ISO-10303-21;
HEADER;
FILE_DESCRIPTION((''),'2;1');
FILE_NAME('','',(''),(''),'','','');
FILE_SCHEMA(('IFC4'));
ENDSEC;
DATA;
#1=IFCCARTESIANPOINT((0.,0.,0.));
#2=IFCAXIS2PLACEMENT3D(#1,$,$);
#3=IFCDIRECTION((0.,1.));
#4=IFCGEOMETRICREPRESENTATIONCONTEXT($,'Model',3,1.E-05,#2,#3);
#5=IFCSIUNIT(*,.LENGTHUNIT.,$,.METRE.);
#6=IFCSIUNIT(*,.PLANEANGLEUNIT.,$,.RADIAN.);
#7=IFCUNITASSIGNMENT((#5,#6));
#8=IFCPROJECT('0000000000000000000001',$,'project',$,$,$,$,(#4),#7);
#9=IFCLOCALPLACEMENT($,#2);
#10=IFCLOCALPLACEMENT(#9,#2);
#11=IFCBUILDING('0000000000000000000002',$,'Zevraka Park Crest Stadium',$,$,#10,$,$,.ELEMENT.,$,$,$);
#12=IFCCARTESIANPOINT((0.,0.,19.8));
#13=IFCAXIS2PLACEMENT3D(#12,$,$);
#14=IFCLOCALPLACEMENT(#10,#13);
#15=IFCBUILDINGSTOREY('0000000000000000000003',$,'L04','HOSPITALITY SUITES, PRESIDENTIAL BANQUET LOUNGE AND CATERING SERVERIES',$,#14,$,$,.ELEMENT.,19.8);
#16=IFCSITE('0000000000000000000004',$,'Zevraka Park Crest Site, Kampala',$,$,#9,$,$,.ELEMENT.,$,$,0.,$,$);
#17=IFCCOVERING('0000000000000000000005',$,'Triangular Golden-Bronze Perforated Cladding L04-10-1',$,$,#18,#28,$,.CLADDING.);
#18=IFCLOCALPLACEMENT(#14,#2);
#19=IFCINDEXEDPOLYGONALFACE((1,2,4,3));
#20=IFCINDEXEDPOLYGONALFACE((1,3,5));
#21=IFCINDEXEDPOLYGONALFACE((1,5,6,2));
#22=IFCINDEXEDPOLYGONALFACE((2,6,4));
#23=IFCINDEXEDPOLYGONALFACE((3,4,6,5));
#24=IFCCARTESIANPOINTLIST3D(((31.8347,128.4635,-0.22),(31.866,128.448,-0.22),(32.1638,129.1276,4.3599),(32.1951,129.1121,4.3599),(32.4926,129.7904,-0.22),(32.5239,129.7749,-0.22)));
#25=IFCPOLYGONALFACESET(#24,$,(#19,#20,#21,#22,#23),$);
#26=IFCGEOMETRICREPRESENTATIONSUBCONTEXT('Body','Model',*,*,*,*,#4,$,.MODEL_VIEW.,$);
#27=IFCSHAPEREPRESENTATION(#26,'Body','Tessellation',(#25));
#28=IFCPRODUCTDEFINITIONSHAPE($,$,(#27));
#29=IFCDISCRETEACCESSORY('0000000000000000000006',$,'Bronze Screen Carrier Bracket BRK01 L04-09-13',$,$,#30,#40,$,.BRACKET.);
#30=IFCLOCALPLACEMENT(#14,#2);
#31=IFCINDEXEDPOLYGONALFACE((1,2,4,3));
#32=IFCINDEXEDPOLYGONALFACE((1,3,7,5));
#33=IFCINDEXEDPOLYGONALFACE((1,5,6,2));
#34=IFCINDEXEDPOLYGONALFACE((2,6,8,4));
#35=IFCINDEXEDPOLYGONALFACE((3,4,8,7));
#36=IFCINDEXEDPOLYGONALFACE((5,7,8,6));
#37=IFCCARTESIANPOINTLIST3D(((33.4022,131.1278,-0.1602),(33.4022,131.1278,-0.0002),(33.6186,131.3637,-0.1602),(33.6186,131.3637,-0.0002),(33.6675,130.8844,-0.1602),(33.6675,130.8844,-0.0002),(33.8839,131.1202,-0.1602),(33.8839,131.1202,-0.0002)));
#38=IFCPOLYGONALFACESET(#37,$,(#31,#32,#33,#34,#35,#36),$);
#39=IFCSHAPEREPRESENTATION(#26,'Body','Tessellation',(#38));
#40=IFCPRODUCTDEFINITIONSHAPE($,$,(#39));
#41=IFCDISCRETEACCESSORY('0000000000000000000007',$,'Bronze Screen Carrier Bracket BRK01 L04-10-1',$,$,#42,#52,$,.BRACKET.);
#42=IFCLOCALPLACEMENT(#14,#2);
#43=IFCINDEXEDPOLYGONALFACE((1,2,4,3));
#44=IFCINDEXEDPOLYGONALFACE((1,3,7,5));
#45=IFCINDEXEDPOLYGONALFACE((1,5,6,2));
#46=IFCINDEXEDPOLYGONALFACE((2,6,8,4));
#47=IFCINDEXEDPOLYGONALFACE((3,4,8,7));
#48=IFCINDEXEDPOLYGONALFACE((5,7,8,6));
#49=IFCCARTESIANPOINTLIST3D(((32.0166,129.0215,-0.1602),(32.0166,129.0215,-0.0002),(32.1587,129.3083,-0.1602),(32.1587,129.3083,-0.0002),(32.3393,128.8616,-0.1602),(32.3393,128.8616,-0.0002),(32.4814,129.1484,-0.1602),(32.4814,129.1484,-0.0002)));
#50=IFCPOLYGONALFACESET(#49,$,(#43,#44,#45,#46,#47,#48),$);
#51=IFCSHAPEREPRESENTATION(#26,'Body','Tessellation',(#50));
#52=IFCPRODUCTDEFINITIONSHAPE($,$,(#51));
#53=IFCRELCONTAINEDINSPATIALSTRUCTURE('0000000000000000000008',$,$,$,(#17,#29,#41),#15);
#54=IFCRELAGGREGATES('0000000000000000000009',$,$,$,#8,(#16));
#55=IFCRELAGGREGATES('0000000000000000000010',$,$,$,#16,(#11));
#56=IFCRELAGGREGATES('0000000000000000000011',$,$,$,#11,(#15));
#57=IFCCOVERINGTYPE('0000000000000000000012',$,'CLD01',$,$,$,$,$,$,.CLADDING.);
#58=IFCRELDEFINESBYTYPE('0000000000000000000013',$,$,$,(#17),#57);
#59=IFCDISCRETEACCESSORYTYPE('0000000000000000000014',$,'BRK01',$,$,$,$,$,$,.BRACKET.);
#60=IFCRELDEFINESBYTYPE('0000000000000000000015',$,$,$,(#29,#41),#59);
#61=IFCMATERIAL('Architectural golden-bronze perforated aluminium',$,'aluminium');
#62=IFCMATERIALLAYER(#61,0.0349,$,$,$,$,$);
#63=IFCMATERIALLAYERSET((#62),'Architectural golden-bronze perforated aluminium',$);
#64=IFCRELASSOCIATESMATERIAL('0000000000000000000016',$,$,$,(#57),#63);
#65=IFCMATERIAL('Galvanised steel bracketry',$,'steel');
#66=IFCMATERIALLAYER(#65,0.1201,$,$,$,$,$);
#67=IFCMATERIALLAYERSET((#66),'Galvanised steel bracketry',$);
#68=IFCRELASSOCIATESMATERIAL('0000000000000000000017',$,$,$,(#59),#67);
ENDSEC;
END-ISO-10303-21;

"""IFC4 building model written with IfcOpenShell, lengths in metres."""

from ifc_helpers import new_model, si_unit, direction, frame, origin, origin_2d, place, context, subcontext, project, spatial, polyline, rectangle, outline, extrude, material, layer, layer_set, type_object, element, save


model = new_model("IFC4")

# Units and contexts
model_context = context("Model", 3, precision=1e-05, world=origin(), true_north=direction((0.0, 1.0)))
body_context = subcontext(model_context, "Body", "Model", "MODEL_VIEW")
ifc_project = project(units=[si_unit("LENGTHUNIT", "METRE"), si_unit("PLANEANGLEUNIT", "RADIAN")], contexts=[model_context])

# Site, building, storey
site_placement = place(None, origin())
site = spatial("IfcSite", under=ifc_project, at=site_placement, Name="Zevraka Park Crest Site, Kampala", CompositionType="ELEMENT", RefElevation=0.0)
building_placement = place(site_placement, origin())
building = spatial("IfcBuilding", under=site, at=building_placement, Name="Zevraka Park Crest Stadium", CompositionType="ELEMENT")
storey_placement = place(building_placement, frame((0.0, 0.0, 19.8)))
storey = spatial("IfcBuildingStorey", under=building, at=storey_placement, Name="L04", Description="HOSPITALITY SUITES, PRESIDENTIAL BANQUET LOUNGE AND CATERING SERVERIES", CompositionType="ELEMENT", Elevation=19.8)

# Covering
ifc_material_1 = material(Name="Architectural golden-bronze perforated aluminium", Category="aluminium")
ifc_layer_1 = layer(ifc_material_1, 0.0349)
ifc_layer_set_1 = layer_set([ifc_layer_1], Name="Architectural golden-bronze perforated aluminium")
covering_type = type_object("IfcCoveringType", Name="CLD01", PredefinedType="CLADDING", material=ifc_layer_set_1)
covering_placement = place(storey_placement, frame((32.5239, 129.7749, -0.22), z_axis=(0.895906, -0.444244, 0.000035), x_axis=(-0.444244, -0.895906, 0.0)))
element("IfcCovering", 1, at=covering_placement, inside=storey, type_object=covering_type, Name="Triangular Golden-Bronze Perforated Cladding L04-10-1", PredefinedType="CLADDING", context=body_context, shape_type="SweptSolid", body=[
    extrude(outline(polyline([(0.0, 0.0), (1.4811, 0.0), (0.7399, -4.5798), (0.0, 0.0)])), origin(), (0.0, 0.0, -1.0), 0.0349),
])

# Discrete accessories
ifc_material_2 = material(Name="Galvanised steel bracketry", Category="steel")
ifc_layer_2 = layer(ifc_material_2, 0.1201)
ifc_layer_set_2 = layer_set([ifc_layer_2], Name="Galvanised steel bracketry")
discrete_accessory_type = type_object("IfcDiscreteAccessoryType", Name="BRK01", PredefinedType="BRACKET", material=ifc_layer_set_2)
for number, where, z_axis, x_axis, name in (
    (2, (33.6431, 131.124, -0.1602), (0.0, 0.0, 1.0), (-0.676105, -0.736806, 0.0), "Bronze Screen Carrier Bracket BRK01 L04-09-13"),
    (3, (32.249, 129.085, -0.1602), (0.0, 0.0, 1.0), (-0.44401, -0.896022, 0.0), "Bronze Screen Carrier Bracket BRK01 L04-10-1"),
):
    element("IfcDiscreteAccessory", number, at=place(storey_placement, frame(where, z_axis=z_axis, x_axis=x_axis)), inside=storey, type_object=discrete_accessory_type, Name=name, PredefinedType="BRACKET", context=body_context, shape_type="SweptSolid", body=[
        extrude(rectangle(XDim=0.3201, YDim=0.3601, at=origin_2d()), origin(), (0.0, 0.0, 1.0), 0.1599),
    ])

save(model, "model.ifc")
